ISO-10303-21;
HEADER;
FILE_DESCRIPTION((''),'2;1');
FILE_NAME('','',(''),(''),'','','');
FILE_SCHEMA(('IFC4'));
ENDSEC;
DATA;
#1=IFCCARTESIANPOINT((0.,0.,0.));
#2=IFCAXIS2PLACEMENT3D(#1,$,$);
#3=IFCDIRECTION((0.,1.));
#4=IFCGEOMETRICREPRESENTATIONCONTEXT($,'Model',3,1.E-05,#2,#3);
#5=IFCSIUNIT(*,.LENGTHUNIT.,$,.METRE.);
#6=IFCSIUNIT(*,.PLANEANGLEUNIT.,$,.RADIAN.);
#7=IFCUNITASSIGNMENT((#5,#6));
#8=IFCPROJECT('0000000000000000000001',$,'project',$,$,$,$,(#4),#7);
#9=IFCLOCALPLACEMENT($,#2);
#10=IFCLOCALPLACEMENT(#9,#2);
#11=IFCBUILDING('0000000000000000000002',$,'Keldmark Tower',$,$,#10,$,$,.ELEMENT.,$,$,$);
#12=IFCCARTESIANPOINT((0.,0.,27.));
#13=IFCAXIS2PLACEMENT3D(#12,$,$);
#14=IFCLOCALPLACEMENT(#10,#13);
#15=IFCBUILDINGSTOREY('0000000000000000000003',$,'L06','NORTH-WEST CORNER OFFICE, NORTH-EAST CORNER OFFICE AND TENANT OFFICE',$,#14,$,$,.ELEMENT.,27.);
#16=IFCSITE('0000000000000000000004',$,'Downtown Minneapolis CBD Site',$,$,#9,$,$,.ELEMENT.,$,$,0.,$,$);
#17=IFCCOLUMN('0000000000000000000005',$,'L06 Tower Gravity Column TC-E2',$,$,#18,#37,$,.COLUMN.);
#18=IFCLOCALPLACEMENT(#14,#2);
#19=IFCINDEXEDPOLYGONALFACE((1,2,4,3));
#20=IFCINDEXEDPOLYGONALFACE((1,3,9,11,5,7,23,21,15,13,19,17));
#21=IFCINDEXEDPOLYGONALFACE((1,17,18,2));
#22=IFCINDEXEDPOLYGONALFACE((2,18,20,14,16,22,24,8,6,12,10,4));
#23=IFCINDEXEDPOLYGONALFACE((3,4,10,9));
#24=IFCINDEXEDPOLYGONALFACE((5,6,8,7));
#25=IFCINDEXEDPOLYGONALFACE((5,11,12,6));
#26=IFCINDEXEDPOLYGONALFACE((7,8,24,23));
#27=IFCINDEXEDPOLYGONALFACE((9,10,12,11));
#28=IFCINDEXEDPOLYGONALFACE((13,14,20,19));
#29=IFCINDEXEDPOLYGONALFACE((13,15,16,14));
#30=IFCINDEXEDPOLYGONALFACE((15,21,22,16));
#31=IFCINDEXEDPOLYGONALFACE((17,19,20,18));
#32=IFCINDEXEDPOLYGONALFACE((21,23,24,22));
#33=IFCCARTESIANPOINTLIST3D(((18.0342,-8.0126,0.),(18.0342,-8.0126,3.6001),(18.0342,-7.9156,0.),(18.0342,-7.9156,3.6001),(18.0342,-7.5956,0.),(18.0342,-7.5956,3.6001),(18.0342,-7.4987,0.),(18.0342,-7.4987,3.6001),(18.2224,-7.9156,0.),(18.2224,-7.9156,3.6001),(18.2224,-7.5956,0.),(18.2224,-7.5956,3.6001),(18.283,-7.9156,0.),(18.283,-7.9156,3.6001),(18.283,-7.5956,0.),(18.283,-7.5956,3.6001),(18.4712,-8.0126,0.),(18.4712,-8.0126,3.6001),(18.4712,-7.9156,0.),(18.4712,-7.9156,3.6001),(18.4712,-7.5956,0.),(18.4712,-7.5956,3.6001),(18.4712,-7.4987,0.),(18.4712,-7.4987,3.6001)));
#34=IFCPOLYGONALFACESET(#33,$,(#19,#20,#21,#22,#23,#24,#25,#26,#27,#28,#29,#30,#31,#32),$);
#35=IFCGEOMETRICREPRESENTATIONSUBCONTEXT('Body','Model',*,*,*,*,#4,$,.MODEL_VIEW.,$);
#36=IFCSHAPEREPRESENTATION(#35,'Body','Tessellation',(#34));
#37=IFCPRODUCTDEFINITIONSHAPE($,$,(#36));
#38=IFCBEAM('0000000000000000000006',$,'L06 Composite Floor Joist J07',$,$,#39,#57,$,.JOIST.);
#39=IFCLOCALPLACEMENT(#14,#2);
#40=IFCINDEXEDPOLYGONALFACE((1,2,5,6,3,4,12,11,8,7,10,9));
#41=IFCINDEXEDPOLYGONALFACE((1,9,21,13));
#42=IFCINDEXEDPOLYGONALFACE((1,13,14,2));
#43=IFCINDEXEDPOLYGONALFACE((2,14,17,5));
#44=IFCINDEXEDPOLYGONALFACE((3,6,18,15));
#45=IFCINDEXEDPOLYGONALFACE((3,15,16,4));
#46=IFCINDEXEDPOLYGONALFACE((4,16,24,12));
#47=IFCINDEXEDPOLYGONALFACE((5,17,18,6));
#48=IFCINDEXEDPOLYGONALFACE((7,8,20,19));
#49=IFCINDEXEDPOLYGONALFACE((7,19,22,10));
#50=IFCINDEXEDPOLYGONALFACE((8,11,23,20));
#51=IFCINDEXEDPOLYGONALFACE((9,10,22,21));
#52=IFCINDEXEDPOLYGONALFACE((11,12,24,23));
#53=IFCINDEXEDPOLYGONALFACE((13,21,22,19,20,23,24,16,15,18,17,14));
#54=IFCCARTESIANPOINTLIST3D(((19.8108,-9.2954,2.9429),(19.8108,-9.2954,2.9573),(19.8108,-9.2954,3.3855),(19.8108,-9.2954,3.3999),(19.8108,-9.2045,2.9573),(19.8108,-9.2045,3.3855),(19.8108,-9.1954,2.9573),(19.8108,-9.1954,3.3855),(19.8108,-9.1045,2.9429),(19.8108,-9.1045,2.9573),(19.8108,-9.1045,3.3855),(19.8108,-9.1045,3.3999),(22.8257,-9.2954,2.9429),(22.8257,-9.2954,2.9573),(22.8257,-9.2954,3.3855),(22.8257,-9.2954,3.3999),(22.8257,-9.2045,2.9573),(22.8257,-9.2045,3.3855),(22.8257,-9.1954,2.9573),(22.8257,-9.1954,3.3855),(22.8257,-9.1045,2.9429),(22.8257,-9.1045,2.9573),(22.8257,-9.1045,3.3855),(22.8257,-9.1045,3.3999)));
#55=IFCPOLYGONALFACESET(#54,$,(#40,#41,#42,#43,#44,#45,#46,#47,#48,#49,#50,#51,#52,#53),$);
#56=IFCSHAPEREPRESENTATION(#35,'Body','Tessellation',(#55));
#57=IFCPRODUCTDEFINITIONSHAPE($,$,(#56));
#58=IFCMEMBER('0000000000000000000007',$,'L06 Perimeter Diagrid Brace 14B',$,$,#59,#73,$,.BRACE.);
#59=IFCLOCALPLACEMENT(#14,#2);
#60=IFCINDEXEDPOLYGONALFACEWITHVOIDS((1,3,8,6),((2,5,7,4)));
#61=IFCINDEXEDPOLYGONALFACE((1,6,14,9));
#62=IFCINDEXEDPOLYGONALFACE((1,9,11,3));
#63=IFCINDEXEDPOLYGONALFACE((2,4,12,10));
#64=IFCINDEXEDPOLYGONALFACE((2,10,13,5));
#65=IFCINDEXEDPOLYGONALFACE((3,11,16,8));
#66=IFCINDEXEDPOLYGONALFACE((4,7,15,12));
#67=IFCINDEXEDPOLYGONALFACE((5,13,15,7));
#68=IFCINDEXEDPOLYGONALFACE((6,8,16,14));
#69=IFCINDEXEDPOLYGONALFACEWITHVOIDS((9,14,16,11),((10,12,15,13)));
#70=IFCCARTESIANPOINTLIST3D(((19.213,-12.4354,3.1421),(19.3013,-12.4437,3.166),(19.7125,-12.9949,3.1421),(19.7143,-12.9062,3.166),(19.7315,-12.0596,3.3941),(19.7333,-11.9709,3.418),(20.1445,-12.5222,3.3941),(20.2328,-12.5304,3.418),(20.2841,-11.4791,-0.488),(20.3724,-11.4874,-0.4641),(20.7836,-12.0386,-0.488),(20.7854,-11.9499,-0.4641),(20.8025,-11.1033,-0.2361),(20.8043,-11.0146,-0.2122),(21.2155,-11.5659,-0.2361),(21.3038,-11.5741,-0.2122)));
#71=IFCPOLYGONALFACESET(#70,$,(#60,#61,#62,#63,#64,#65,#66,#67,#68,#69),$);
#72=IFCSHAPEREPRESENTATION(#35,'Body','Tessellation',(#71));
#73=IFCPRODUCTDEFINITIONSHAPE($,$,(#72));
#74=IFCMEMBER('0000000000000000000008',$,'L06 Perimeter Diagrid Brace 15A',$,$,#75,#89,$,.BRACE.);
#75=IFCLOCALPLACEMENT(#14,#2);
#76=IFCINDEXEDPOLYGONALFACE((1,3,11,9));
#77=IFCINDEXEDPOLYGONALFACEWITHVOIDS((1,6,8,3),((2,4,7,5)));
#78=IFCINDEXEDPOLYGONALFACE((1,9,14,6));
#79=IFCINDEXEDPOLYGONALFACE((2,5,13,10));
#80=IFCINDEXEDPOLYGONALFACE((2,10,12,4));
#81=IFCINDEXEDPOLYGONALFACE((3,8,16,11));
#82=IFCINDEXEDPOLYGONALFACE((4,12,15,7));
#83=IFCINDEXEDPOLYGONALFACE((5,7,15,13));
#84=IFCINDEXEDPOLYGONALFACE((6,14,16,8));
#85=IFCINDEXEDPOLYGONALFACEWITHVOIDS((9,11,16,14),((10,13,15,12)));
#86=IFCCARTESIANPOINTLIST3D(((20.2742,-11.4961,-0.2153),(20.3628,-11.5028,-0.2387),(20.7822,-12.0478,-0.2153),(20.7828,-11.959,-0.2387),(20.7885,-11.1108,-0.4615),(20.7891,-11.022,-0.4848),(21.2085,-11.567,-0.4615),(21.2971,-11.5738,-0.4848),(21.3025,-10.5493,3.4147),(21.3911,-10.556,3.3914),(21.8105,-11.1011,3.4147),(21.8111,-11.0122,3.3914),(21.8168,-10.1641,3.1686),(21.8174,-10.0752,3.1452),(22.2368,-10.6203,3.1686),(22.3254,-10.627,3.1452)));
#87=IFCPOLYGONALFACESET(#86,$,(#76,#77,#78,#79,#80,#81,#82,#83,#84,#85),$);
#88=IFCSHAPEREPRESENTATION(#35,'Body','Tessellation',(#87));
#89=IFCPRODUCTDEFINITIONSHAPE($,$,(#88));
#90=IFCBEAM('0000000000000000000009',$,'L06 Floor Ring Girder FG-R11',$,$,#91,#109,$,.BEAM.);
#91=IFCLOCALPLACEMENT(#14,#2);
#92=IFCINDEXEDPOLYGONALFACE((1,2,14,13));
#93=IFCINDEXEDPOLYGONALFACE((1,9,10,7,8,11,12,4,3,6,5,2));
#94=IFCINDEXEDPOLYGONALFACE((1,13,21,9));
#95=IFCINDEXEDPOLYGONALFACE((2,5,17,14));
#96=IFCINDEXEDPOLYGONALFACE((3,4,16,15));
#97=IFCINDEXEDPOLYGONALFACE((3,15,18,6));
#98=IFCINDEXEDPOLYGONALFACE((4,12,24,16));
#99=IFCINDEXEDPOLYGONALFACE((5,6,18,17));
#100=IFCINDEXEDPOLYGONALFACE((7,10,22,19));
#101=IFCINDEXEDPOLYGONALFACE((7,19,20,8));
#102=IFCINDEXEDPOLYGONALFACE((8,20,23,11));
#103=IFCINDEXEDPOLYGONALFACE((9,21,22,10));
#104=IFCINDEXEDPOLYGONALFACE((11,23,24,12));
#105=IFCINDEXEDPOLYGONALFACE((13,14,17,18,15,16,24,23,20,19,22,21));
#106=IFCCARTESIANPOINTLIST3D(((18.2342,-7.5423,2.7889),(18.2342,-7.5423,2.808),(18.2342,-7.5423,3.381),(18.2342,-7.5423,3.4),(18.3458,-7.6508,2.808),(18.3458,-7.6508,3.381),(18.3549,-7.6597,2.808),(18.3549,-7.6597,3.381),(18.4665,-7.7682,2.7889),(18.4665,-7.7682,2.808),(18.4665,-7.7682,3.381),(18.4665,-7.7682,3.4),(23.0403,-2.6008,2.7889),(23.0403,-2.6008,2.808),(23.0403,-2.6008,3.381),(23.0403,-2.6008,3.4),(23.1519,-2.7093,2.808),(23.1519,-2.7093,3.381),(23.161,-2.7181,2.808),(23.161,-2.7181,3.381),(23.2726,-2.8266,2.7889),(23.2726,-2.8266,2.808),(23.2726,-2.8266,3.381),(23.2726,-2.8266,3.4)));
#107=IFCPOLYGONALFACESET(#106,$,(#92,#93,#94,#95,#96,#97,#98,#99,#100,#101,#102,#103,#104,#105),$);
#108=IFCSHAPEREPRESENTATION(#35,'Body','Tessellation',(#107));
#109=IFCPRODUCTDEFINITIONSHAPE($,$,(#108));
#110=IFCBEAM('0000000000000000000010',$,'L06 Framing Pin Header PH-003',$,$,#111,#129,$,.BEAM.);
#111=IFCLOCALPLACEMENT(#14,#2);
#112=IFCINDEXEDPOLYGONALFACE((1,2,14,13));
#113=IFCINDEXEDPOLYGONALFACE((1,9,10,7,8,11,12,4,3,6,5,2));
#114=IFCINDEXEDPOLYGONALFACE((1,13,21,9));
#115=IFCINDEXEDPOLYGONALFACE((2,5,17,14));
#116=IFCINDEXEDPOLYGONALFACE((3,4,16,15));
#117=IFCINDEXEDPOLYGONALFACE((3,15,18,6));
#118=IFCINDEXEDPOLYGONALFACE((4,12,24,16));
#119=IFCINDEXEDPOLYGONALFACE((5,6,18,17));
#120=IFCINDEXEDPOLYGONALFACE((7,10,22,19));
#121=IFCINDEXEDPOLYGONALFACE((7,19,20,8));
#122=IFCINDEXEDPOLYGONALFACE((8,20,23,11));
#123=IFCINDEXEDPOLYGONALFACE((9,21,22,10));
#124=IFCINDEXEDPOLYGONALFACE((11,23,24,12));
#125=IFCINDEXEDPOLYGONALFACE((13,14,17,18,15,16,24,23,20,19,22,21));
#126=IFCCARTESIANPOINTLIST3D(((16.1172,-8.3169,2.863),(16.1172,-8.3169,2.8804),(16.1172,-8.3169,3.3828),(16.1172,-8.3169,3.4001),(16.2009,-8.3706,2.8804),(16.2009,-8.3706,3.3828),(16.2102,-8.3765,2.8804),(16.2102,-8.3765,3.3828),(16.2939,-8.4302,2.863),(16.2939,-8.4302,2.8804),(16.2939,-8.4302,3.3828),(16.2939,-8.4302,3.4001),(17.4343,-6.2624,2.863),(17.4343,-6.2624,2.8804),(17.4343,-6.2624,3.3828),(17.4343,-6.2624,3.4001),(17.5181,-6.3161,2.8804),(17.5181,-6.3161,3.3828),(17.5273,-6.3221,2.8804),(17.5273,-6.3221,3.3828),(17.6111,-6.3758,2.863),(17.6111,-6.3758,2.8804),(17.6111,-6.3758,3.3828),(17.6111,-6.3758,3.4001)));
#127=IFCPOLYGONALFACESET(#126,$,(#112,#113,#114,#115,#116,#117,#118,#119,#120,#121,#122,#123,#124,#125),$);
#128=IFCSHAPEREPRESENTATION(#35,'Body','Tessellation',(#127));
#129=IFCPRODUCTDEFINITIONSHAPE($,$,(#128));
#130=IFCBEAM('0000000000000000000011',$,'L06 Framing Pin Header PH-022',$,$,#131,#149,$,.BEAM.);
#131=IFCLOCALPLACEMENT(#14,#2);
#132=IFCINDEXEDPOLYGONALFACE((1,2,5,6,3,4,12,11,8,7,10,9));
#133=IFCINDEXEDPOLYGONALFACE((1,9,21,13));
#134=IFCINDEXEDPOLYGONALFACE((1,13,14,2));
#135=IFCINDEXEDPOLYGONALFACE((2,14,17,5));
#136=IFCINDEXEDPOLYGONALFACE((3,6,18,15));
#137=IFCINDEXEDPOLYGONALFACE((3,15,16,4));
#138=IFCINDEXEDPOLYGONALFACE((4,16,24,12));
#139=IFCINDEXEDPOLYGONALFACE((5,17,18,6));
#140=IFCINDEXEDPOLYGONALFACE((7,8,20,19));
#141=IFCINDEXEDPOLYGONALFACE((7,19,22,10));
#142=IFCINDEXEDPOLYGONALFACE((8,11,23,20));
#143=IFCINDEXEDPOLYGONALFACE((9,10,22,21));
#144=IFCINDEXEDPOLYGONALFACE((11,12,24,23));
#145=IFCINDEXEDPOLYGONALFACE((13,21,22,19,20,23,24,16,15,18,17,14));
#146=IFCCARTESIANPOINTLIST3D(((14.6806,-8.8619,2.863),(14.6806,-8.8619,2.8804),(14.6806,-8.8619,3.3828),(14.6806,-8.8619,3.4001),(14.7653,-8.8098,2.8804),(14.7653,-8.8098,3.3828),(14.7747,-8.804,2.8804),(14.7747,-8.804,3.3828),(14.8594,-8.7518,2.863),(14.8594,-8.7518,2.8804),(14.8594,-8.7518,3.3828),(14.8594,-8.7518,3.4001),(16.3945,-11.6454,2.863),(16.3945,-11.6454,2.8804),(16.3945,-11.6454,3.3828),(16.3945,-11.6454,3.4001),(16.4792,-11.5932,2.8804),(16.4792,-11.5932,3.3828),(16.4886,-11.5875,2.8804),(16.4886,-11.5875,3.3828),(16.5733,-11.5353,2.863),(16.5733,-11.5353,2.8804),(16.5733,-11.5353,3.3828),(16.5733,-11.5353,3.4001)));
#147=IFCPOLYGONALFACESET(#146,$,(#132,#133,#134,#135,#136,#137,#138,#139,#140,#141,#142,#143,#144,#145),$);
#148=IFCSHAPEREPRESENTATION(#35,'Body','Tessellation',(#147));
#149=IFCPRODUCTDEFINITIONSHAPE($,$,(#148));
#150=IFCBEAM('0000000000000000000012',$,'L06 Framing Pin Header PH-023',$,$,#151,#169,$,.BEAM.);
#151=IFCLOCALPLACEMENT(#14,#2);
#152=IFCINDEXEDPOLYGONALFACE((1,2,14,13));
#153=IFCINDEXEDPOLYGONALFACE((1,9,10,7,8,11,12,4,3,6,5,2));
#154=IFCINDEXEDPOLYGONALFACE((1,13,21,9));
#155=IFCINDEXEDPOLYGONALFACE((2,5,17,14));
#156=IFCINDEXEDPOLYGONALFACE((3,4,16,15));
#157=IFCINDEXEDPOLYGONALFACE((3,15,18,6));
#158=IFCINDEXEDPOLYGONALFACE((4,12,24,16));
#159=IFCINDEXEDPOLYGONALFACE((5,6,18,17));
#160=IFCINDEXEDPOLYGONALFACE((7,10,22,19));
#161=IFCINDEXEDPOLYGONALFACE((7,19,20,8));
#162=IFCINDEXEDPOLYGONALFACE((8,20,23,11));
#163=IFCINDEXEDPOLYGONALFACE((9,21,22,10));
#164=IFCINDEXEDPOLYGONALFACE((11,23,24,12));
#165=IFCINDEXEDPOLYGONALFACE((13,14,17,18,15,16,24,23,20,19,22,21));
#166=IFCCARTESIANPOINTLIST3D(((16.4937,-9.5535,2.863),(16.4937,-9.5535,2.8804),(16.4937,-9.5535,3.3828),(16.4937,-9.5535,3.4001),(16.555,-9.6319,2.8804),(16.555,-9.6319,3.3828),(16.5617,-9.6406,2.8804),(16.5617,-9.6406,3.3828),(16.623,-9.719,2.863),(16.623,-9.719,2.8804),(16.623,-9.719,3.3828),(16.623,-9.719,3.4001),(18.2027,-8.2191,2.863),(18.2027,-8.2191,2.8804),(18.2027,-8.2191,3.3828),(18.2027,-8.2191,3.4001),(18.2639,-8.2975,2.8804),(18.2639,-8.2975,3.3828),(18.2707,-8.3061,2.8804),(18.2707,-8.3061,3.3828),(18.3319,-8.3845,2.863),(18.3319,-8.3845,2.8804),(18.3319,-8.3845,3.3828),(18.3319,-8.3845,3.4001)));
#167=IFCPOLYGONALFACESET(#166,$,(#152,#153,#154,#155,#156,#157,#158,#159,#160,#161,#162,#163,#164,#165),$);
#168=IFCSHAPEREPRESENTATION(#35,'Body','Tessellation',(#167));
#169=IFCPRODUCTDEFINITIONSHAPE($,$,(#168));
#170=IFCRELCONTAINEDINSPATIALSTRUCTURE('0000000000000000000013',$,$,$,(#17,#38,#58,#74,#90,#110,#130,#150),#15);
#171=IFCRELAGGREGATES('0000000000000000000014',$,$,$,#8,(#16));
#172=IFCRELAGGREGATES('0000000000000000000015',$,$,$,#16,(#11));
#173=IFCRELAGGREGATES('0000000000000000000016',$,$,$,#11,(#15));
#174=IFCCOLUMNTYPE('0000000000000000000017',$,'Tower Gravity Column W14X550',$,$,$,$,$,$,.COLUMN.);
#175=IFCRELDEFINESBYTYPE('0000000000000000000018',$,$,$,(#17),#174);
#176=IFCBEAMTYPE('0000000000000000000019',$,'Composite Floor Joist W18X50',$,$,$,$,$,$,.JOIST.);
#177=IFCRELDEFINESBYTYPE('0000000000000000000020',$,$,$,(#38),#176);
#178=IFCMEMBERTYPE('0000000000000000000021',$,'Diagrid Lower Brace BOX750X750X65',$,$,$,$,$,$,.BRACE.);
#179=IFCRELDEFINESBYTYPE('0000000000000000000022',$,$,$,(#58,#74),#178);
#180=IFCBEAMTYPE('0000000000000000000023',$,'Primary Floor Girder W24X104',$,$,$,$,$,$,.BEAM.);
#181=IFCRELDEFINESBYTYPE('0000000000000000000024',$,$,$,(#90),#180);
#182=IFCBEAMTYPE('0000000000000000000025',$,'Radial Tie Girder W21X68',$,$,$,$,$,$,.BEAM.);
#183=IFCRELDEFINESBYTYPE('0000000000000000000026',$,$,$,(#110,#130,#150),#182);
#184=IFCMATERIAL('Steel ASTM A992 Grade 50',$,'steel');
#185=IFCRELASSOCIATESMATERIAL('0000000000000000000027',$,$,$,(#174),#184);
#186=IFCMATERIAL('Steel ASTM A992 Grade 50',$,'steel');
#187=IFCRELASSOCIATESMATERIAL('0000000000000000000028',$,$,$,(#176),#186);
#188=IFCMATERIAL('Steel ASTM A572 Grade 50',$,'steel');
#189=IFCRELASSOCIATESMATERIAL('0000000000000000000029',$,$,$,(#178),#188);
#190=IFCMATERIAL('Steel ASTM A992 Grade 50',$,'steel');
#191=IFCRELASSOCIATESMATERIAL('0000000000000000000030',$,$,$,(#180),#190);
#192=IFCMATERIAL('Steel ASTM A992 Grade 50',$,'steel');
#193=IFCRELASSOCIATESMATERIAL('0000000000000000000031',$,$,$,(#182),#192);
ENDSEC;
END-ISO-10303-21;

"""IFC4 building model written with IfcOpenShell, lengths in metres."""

from ifc_helpers import new_model, si_unit, direction, frame, origin, origin_2d, place, context, subcontext, project, spatial, hollow_rectangle, i_section, extrude, material, material_profile, profile_set, type_object, element, save


model = new_model("IFC4")

# Units and contexts
model_context = context("Model", 3, precision=1e-05, world=origin(), true_north=direction((0.0, 1.0)))
body_context = subcontext(model_context, "Body", "Model", "MODEL_VIEW")
ifc_project = project(units=[si_unit("LENGTHUNIT", "METRE"), si_unit("PLANEANGLEUNIT", "RADIAN")], contexts=[model_context])

# Site, building, storey
site_placement = place(None, origin())
site = spatial("IfcSite", under=ifc_project, at=site_placement, Name="Downtown Minneapolis CBD Site", CompositionType="ELEMENT", RefElevation=0.0)
building_placement = place(site_placement, origin())
building = spatial("IfcBuilding", under=site, at=building_placement, Name="Keldmark Tower", CompositionType="ELEMENT")
storey_placement = place(building_placement, frame((0.0, 0.0, 27.0)))
storey = spatial("IfcBuildingStorey", under=building, at=storey_placement, Name="L06", Description="NORTH-WEST CORNER OFFICE, NORTH-EAST CORNER OFFICE AND TENANT OFFICE", CompositionType="ELEMENT", Elevation=27.0)

# Column
ifc_material_1 = material(Name="Steel ASTM A992 Grade 50", Category="steel")
ifc_material_profile_1 = material_profile(ifc_material_1, i_section(OverallWidth=0.437, OverallDepth=0.5139, WebThickness=0.0605, FlangeThickness=0.0969, at=origin_2d()), Name="W14X550")
ifc_profile_set_1 = profile_set([ifc_material_profile_1], Name="Steel ASTM A992 Grade 50")
column_type = type_object("IfcColumnType", Name="Tower Gravity Column W14X550", PredefinedType="COLUMN", material=ifc_profile_set_1)
column_placement = place(storey_placement, frame((18.2527, -7.7556, 0.0), z_axis=(0.0, 0.0, 1.0), x_axis=(1.0, 0.0, 0.0)))
element("IfcColumn", 1, at=column_placement, inside=storey, type_object=column_type, Name="L06 Tower Gravity Column TC-E2", PredefinedType="COLUMN", context=body_context, shape_type="SweptSolid", body=[
    extrude(i_section(OverallWidth=0.437, OverallDepth=0.5139, WebThickness=0.0605, FlangeThickness=0.0969, at=origin_2d()), origin(), (0.0, 0.0, 1.0), 3.6001),
])

# Beam
ifc_material_2 = material(Name="Steel ASTM A992 Grade 50", Category="steel")
ifc_material_profile_2 = material_profile(ifc_material_2, i_section(OverallWidth=0.1909, OverallDepth=0.457, WebThickness=0.009, FlangeThickness=0.0144, at=origin_2d()), Name="W18X50")
ifc_profile_set_2 = profile_set([ifc_material_profile_2], Name="Steel ASTM A992 Grade 50")
beam_type_1 = type_object("IfcBeamType", Name="Composite Floor Joist W18X50", PredefinedType="JOIST", material=ifc_profile_set_2)
beam_1_placement = place(storey_placement, frame((19.8108, -9.2, 3.1714), z_axis=(1.0, 0.0, 0.0), x_axis=(0.0, 1.0, 0.0)))
element("IfcBeam", 2, at=beam_1_placement, inside=storey, type_object=beam_type_1, Name="L06 Composite Floor Joist J07", PredefinedType="JOIST", context=body_context, shape_type="SweptSolid", body=[
    extrude(i_section(OverallWidth=0.1909, OverallDepth=0.457, WebThickness=0.009, FlangeThickness=0.0144, at=origin_2d()), origin(), (0.0, 0.0, 1.0), 3.0149),
])

# Members
ifc_material_3 = material(Name="Steel ASTM A572 Grade 50", Category="steel")
ifc_material_profile_3 = material_profile(ifc_material_3, hollow_rectangle(XDim=0.75, YDim=0.75, WallThickness=0.0649, at=origin_2d()), Name="BOX750X750X65")
ifc_profile_set_3 = profile_set([ifc_material_profile_3], Name="Steel ASTM A572 Grade 50")
member_type = type_object("IfcMemberType", Name="Diagrid Lower Brace BOX750X750X65", PredefinedType="BRACE", material=ifc_profile_set_3)
member_1_placement = place(storey_placement, frame((20.7939, -11.5266, -0.3501), z_axis=(-0.274361, -0.244968, 0.929901), x_axis=(0.666019, -0.745935, 0.0)))
element("IfcMember", 3, at=member_1_placement, inside=storey, type_object=member_type, Name="L06 Perimeter Diagrid Brace 14B", PredefinedType="BRACE", context=body_context, shape_type="SweptSolid", body=[
    extrude(hollow_rectangle(XDim=0.75, YDim=0.75, WallThickness=0.0649, at=origin_2d()), origin(), (0.0, 0.0, 1.0), 3.9038),
])
member_2_placement = place(storey_placement, frame((20.7856, -11.5349, -0.3501), z_axis=(0.264354, 0.243391, 0.933208), x_axis=(-0.677336, 0.735673, 0.0)))
element("IfcMember", 4, at=member_2_placement, inside=storey, type_object=member_type, Name="L06 Perimeter Diagrid Brace 15A", PredefinedType="BRACE", context=body_context, shape_type="SweptSolid", body=[
    extrude(hollow_rectangle(XDim=0.75, YDim=0.75, WallThickness=0.0649, at=origin_2d()), origin(), (0.0, 0.0, 1.0), 3.8899),
])

# Beams
ifc_material_4 = material(Name="Steel ASTM A992 Grade 50", Category="steel")
ifc_material_profile_4 = material_profile(ifc_material_4, i_section(OverallWidth=0.324, OverallDepth=0.6111, WebThickness=0.0127, FlangeThickness=0.019, at=origin_2d()), Name="W24X104")
ifc_profile_set_4 = profile_set([ifc_material_profile_4], Name="Steel ASTM A992 Grade 50")
beam_type_2 = type_object("IfcBeamType", Name="Primary Floor Girder W24X104", PredefinedType="BEAM", material=ifc_profile_set_4)
beam_2_placement = place(storey_placement, frame((18.3503, -7.6553, 3.0945), z_axis=(0.69721, 0.716867, 0.0), x_axis=(-0.716867, 0.69721, 0.0)))
element("IfcBeam", 5, at=beam_2_placement, inside=storey, type_object=beam_type_2, Name="L06 Floor Ring Girder FG-R11", PredefinedType="BEAM", context=body_context, shape_type="SweptSolid", body=[
    extrude(i_section(OverallWidth=0.324, OverallDepth=0.6111, WebThickness=0.0127, FlangeThickness=0.019, at=origin_2d()), origin(), (0.0, 0.0, 1.0), 6.8933),
])
ifc_material_5 = material(Name="Steel ASTM A992 Grade 50", Category="steel")
ifc_material_profile_5 = material_profile(ifc_material_5, i_section(OverallWidth=0.21, OverallDepth=0.5371, WebThickness=0.011, FlangeThickness=0.0173, at=origin_2d()), Name="W21X68")
ifc_profile_set_5 = profile_set([ifc_material_profile_5], Name="Steel ASTM A992 Grade 50")
beam_type_3 = type_object("IfcBeamType", Name="Radial Tie Girder W21X68", PredefinedType="BEAM", material=ifc_profile_set_5)
beam_3_placement = place(storey_placement, frame((17.5227, -6.3191, 3.1316), z_axis=(-0.539721, -0.841844, 0.0), x_axis=(0.841844, -0.539721, 0.0)))
element("IfcBeam", 6, at=beam_3_placement, inside=storey, type_object=beam_type_3, Name="L06 Framing Pin Header PH-003", PredefinedType="BEAM", context=body_context, shape_type="SweptSolid", body=[
    extrude(i_section(OverallWidth=0.21, OverallDepth=0.5371, WebThickness=0.011, FlangeThickness=0.0173, at=origin_2d()), origin(), (0.0, 0.0, 1.0), 2.4404),
])
beam_4_placement = place(storey_placement, frame((14.77, -8.8069, 3.1316), z_axis=(0.524314, -0.851525, 0.0), x_axis=(0.851525, 0.524314, 0.0)))
element("IfcBeam", 7, at=beam_4_placement, inside=storey, type_object=beam_type_3, Name="L06 Framing Pin Header PH-022", PredefinedType="BEAM", context=body_context, shape_type="SweptSolid", body=[
    extrude(i_section(OverallWidth=0.21, OverallDepth=0.5371, WebThickness=0.011, FlangeThickness=0.0173, at=origin_2d()), origin(), (0.0, 0.0, 1.0), 3.2688),
])
beam_5_placement = place(storey_placement, frame((16.5583, -9.6362, 3.1316), z_axis=(0.788175, 0.615452, 0.0), x_axis=(-0.615452, 0.788175, 0.0)))
element("IfcBeam", 8, at=beam_5_placement, inside=storey, type_object=beam_type_3, Name="L06 Framing Pin Header PH-023", PredefinedType="BEAM", context=body_context, shape_type="SweptSolid", body=[
    extrude(i_section(OverallWidth=0.21, OverallDepth=0.5371, WebThickness=0.011, FlangeThickness=0.0173, at=origin_2d()), origin(), (0.0, 0.0, 1.0), 2.1682),
])

save(model, "model.ifc")
